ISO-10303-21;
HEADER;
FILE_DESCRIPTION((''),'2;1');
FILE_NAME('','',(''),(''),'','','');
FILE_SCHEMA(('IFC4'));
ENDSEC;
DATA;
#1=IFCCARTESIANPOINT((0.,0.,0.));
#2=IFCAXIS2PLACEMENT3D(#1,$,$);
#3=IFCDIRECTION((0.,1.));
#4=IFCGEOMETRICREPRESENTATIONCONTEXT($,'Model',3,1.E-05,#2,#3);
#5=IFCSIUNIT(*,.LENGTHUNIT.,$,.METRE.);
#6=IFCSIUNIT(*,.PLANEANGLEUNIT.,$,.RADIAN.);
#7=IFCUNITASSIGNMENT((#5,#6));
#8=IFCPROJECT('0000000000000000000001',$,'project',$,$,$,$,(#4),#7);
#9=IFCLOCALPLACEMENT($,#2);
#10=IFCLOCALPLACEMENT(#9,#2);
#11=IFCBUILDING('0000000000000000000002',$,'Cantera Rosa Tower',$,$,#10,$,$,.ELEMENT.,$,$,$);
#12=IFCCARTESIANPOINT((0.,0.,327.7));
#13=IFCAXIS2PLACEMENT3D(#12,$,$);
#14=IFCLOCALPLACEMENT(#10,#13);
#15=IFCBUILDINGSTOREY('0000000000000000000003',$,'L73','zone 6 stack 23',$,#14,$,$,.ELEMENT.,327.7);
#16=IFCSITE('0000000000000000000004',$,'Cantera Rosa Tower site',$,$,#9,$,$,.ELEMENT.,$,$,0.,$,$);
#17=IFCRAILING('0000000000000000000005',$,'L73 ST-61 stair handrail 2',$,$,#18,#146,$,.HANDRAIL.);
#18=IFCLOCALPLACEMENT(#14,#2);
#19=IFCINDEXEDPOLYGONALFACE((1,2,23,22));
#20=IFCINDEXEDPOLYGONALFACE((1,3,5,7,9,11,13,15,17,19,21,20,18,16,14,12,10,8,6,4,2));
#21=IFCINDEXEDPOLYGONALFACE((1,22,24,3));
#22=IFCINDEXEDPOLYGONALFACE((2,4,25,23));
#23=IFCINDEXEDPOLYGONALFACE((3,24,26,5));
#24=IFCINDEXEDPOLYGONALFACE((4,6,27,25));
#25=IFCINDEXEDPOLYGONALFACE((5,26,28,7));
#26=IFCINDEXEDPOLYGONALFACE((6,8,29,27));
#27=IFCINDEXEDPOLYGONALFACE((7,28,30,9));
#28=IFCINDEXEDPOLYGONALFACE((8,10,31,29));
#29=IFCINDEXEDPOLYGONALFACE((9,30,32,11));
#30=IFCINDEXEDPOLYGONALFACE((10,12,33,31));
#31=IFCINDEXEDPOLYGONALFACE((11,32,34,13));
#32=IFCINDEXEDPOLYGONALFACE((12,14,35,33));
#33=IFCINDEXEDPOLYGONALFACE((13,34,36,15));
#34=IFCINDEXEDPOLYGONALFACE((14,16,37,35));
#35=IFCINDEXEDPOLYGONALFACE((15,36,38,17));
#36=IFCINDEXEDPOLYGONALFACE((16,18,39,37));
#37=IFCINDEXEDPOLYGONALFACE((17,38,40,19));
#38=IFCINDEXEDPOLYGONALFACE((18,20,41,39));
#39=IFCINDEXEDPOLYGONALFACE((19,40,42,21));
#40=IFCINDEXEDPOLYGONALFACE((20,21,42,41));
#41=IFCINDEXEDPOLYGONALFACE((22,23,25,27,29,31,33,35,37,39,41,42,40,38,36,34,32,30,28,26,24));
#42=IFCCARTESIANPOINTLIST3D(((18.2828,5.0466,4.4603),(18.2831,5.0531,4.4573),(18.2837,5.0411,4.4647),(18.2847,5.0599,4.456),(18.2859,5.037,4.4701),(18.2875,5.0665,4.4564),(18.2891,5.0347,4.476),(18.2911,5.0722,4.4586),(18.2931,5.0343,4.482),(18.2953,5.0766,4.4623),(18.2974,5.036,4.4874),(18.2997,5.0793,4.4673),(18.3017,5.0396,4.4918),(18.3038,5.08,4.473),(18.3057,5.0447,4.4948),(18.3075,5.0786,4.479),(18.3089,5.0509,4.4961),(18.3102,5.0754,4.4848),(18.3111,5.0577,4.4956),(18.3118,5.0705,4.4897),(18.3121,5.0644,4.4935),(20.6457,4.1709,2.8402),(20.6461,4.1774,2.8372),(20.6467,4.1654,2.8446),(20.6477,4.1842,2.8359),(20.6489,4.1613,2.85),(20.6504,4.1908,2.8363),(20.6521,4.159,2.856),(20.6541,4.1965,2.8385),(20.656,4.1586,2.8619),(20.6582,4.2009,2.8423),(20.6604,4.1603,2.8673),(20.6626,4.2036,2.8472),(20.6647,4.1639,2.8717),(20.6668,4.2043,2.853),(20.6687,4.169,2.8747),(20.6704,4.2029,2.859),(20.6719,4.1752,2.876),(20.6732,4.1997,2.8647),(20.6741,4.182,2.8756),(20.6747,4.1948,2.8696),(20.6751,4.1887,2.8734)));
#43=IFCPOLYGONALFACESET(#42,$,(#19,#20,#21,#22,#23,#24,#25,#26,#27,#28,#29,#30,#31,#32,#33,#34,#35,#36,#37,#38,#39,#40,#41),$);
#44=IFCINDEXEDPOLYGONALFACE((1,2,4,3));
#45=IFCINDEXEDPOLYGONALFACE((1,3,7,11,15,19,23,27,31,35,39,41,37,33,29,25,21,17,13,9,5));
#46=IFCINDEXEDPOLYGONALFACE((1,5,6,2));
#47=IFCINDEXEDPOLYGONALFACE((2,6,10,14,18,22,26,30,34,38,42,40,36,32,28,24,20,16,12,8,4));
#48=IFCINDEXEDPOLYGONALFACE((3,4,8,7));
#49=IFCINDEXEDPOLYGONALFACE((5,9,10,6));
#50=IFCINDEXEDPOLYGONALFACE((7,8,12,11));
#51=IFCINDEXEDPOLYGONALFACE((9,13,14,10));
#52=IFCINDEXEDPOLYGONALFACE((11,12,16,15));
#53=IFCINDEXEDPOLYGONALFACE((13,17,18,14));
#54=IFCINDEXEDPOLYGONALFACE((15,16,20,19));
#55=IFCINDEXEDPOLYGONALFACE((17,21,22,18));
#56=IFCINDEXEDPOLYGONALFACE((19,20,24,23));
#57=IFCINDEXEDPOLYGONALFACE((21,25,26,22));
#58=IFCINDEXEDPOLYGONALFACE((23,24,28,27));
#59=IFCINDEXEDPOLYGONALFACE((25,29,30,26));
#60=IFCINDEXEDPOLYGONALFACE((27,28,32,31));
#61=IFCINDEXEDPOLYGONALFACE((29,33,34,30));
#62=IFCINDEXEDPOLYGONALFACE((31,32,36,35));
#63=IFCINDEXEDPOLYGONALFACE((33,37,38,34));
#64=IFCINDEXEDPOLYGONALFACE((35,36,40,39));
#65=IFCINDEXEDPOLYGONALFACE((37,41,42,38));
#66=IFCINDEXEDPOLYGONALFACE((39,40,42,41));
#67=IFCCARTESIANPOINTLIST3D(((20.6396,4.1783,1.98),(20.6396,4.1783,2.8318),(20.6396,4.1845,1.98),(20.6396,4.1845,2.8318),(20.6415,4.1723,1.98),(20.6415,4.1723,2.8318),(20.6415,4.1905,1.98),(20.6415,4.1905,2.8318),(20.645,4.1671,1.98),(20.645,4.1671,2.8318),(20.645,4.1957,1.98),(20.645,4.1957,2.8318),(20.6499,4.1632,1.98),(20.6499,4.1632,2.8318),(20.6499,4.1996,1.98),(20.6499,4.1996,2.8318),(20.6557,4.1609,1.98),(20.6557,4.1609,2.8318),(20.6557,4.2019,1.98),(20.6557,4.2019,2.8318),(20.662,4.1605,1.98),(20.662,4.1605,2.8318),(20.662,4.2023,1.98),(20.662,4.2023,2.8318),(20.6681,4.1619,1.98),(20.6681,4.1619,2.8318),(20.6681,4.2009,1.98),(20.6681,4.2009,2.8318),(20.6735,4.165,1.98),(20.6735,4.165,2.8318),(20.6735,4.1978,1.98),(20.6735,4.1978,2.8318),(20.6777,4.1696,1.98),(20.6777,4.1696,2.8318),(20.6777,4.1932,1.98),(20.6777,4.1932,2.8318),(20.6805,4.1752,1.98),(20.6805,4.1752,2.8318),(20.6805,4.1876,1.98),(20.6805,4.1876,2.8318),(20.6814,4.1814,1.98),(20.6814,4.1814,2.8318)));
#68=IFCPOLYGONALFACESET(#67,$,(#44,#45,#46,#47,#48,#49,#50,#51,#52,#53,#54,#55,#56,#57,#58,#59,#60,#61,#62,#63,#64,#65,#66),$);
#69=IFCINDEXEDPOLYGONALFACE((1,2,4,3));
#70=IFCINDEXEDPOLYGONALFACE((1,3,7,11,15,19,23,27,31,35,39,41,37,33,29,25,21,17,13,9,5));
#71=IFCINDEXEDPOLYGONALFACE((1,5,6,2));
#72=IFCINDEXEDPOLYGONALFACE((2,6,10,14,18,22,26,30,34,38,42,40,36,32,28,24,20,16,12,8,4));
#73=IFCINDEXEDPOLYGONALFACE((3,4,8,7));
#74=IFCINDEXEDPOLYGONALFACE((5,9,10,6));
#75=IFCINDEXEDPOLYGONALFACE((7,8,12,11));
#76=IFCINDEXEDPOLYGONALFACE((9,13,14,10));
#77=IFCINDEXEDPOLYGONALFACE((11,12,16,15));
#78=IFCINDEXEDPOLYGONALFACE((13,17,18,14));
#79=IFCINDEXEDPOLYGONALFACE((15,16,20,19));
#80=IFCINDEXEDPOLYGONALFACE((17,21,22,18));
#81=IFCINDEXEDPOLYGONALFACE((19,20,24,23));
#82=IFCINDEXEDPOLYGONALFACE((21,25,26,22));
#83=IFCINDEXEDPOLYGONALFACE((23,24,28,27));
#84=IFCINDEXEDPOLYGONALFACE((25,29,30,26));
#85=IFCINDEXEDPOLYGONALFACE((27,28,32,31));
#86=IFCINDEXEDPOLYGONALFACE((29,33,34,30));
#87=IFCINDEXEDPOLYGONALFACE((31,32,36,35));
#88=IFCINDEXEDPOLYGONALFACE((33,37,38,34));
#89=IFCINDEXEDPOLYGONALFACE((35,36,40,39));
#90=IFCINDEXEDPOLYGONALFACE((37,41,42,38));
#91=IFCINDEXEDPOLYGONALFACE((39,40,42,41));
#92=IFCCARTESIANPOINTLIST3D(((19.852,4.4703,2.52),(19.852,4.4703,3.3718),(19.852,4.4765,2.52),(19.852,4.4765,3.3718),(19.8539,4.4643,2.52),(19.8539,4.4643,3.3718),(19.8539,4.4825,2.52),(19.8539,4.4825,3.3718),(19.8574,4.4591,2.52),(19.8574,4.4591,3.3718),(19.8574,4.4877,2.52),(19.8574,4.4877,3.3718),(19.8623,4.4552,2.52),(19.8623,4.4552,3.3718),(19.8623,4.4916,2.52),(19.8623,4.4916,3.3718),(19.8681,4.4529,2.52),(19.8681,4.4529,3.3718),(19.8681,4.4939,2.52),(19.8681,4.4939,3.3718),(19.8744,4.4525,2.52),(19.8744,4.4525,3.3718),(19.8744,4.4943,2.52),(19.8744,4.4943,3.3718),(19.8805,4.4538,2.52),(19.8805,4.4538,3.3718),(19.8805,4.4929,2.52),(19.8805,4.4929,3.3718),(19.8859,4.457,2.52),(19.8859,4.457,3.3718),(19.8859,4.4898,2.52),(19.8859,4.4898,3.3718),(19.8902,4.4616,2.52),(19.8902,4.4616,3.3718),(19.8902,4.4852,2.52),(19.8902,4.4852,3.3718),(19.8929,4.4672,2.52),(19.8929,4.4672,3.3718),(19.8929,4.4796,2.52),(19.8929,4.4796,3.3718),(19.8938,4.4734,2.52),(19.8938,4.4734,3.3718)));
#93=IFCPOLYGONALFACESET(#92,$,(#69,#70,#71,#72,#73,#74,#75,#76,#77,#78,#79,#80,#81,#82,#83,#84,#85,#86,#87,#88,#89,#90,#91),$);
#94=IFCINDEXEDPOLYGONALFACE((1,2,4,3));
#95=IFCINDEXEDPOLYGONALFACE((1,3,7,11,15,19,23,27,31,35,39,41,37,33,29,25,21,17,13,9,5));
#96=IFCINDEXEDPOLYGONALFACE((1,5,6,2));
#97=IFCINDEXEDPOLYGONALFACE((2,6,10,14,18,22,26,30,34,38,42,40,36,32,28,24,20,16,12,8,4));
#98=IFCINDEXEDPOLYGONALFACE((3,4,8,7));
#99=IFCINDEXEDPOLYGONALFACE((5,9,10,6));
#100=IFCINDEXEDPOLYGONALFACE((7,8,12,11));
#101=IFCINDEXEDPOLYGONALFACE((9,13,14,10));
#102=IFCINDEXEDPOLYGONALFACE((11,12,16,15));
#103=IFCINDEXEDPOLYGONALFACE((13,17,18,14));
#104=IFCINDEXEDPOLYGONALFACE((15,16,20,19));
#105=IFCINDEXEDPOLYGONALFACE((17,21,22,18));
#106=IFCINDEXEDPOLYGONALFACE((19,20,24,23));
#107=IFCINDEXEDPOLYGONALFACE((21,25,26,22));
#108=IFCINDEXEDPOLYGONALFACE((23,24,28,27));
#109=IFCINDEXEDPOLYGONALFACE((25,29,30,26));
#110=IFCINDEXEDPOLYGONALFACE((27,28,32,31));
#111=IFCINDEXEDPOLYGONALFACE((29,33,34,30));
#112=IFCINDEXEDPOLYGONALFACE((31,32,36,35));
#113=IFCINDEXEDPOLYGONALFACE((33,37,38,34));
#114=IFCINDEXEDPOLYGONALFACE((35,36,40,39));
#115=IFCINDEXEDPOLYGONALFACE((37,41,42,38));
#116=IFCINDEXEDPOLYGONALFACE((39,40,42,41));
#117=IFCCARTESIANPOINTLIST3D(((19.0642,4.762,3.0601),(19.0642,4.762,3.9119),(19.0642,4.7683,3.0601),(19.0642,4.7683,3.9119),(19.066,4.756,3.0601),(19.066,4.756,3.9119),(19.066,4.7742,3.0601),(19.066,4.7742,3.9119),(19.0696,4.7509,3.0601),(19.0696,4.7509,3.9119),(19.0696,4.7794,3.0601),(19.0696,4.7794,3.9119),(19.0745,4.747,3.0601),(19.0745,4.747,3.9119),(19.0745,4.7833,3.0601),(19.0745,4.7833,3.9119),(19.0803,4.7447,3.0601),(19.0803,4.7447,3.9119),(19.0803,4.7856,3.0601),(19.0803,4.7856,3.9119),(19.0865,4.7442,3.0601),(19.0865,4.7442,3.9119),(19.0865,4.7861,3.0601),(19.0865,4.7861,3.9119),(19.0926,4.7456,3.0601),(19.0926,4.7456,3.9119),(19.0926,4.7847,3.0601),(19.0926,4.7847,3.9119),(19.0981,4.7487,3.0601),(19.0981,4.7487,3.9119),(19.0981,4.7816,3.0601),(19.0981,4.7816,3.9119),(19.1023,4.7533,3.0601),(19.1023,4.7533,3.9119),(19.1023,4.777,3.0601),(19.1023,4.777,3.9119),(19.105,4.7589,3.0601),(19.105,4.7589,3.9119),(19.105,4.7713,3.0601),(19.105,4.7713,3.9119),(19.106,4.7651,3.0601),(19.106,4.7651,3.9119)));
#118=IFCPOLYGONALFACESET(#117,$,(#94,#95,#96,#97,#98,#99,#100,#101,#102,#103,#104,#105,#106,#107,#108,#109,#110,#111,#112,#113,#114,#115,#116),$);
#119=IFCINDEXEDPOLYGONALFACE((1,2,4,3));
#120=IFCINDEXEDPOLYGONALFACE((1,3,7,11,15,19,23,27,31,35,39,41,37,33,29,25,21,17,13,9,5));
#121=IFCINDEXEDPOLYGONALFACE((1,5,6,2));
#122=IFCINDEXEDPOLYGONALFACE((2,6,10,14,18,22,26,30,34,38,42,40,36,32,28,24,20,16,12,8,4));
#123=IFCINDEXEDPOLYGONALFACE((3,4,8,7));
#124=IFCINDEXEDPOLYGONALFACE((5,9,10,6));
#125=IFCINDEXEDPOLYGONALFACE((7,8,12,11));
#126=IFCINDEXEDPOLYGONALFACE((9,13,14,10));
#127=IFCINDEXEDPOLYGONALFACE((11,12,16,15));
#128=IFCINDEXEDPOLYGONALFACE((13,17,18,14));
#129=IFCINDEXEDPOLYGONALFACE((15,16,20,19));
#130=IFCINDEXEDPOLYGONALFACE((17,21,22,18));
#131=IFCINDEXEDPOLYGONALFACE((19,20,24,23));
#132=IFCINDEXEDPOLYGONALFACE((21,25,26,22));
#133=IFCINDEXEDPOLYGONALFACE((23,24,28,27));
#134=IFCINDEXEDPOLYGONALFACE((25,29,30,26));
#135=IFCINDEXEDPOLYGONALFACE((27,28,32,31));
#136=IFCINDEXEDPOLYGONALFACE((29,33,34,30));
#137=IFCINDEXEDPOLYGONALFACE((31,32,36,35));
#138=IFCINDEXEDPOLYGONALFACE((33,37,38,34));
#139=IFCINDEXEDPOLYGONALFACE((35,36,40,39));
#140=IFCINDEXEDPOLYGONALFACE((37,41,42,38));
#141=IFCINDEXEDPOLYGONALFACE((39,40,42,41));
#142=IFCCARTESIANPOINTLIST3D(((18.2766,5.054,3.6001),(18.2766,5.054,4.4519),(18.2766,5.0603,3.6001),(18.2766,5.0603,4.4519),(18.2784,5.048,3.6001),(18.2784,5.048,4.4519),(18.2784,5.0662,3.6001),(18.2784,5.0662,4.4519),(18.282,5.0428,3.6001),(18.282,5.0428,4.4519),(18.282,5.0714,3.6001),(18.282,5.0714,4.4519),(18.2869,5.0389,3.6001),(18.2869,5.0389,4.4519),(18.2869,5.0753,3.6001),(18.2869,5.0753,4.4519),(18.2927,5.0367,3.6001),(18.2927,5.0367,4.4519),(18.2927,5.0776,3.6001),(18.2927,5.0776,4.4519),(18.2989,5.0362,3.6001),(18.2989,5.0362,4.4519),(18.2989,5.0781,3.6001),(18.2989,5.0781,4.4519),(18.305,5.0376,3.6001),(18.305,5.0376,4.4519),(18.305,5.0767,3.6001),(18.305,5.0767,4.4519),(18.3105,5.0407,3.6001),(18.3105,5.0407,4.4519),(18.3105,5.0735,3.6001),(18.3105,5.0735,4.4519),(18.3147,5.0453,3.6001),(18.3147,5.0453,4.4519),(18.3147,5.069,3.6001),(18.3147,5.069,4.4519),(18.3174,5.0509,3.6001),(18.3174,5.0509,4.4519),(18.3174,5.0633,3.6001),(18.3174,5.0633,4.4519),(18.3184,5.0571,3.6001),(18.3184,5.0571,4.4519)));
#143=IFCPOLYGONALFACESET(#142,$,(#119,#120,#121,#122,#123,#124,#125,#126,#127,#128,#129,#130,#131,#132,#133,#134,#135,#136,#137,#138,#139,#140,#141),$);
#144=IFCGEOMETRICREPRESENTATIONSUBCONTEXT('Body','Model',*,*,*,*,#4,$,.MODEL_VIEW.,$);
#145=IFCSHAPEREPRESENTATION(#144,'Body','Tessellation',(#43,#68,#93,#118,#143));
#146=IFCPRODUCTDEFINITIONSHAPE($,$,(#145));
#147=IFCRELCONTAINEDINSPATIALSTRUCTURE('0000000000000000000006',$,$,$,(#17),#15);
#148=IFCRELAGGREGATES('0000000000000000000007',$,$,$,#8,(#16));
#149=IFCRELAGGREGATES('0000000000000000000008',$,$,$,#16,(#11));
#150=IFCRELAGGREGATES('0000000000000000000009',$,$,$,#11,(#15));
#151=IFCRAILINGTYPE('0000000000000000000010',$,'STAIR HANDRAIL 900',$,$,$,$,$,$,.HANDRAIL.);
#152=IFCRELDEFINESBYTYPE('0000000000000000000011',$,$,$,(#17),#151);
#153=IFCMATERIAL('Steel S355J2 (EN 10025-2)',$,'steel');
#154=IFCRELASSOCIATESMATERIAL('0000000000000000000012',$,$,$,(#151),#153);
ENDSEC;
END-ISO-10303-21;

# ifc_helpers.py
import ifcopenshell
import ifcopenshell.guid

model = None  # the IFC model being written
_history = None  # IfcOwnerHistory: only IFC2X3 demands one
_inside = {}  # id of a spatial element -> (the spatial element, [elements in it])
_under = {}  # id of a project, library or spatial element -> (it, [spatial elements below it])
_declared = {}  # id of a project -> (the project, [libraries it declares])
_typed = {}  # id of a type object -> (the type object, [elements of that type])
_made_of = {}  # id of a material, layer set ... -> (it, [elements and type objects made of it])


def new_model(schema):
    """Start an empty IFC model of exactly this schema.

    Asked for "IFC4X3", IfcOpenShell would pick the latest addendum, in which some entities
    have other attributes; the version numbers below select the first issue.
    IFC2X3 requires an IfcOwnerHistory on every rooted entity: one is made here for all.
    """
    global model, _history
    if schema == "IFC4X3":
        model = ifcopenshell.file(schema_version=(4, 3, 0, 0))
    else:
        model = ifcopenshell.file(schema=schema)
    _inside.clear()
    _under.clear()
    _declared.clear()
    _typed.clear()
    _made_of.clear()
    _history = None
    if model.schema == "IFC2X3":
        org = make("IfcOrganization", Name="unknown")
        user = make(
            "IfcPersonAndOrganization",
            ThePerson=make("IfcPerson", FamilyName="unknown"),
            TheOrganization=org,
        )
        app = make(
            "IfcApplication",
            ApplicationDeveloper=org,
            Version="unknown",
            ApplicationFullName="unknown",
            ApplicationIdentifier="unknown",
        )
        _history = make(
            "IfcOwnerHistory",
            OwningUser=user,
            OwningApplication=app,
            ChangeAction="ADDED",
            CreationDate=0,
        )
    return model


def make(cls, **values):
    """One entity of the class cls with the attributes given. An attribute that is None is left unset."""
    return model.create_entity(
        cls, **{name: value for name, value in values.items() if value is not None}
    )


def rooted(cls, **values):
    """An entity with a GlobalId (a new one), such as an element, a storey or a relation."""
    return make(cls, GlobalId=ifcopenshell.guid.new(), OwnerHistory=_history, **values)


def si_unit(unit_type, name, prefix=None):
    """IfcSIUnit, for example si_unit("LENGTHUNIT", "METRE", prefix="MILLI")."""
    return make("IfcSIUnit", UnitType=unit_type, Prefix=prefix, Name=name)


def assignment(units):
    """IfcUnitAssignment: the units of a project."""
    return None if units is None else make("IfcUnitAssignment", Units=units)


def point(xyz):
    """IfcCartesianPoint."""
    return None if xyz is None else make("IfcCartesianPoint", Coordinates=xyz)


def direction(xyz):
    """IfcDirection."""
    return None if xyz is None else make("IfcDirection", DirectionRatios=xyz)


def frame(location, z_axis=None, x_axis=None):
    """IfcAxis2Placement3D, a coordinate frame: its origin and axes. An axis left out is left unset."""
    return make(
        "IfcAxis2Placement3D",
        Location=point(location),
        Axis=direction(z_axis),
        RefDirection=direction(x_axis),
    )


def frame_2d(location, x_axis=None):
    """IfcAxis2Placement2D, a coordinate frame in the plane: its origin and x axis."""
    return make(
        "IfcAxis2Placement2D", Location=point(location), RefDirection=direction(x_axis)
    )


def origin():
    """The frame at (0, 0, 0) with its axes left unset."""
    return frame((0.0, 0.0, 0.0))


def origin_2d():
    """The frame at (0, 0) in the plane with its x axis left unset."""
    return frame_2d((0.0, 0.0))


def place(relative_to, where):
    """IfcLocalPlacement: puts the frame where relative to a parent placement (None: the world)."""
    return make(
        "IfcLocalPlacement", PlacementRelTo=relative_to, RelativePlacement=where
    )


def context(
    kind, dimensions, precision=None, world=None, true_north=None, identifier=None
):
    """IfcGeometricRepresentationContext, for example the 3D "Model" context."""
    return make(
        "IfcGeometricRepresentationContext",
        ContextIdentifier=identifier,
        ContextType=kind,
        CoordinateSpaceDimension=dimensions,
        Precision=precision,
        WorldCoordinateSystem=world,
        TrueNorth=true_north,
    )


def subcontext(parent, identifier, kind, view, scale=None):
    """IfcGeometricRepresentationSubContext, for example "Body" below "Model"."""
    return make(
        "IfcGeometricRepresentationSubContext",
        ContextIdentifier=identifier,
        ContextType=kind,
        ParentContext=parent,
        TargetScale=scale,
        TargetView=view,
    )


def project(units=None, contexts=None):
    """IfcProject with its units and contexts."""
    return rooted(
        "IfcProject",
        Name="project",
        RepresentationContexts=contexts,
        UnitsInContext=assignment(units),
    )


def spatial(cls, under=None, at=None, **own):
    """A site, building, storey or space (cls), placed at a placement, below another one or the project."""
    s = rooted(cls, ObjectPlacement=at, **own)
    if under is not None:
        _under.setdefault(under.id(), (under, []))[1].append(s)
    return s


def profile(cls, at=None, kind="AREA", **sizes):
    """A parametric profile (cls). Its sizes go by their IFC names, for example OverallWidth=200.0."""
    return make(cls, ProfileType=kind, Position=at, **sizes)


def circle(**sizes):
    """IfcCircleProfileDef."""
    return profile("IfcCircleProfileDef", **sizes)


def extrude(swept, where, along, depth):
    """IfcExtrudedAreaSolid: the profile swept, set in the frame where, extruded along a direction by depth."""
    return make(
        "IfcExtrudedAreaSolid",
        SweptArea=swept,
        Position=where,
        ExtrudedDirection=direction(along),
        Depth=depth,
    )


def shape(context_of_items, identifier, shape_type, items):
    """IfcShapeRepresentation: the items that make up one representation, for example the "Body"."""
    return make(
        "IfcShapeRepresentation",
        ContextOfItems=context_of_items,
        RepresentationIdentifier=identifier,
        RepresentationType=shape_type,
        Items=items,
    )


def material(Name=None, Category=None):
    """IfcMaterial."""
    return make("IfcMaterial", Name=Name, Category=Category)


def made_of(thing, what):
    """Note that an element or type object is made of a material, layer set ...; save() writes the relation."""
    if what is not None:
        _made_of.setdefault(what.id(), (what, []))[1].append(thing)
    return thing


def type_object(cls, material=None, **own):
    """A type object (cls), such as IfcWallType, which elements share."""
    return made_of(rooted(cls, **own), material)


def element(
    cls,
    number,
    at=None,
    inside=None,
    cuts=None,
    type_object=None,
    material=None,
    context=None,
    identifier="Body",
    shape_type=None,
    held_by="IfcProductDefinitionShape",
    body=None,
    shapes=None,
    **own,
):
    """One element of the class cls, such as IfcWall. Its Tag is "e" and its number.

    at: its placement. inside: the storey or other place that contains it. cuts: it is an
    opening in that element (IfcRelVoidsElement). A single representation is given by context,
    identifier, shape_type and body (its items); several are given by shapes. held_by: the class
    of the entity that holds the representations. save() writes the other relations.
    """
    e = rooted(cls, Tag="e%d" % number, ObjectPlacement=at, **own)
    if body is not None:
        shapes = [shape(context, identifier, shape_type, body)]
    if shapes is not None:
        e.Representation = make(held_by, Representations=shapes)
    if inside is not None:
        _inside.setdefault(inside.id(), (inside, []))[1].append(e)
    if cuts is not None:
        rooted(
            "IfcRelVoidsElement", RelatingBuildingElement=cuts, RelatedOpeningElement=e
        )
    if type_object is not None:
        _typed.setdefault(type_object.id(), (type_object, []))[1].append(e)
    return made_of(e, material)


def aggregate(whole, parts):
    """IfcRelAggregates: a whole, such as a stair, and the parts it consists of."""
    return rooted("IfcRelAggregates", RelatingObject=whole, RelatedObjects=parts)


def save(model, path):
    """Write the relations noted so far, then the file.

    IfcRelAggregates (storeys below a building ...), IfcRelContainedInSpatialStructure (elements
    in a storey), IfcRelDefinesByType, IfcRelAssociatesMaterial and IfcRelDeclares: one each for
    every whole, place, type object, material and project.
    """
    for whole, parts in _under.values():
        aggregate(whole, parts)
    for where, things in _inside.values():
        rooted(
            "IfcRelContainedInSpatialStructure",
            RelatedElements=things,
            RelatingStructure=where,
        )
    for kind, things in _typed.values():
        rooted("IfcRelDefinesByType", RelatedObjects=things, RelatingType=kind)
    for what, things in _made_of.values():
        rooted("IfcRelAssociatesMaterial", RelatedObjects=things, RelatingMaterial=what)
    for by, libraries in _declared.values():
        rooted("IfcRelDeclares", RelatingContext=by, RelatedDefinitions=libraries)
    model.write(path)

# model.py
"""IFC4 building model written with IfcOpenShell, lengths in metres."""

from ifc_helpers import new_model, si_unit, direction, frame, origin, origin_2d, place, context, subcontext, project, spatial, circle, extrude, material, type_object, element, save


model = new_model("IFC4")

# Units and contexts
model_context = context("Model", 3, precision=1e-05, world=origin(), true_north=direction((0.0, 1.0)))
body_context = subcontext(model_context, "Body", "Model", "MODEL_VIEW")
ifc_project = project(units=[si_unit("LENGTHUNIT", "METRE"), si_unit("PLANEANGLEUNIT", "RADIAN")], contexts=[model_context])

# Site, building, storey
site_placement = place(None, origin())
site = spatial("IfcSite", under=ifc_project, at=site_placement, Name="Cantera Rosa Tower site", CompositionType="ELEMENT", RefElevation=0.0)
building_placement = place(site_placement, origin())
building = spatial("IfcBuilding", under=site, at=building_placement, Name="Cantera Rosa Tower", CompositionType="ELEMENT")
storey_placement = place(building_placement, frame((0.0, 0.0, 327.7)))
storey = spatial("IfcBuildingStorey", under=building, at=storey_placement, Name="L73", Description="zone 6 stack 23", CompositionType="ELEMENT", Elevation=327.7)

# Railing
ifc_material_1 = material(Name="Steel S355J2 (EN 10025-2)", Category="steel")
railing_type_1 = type_object("IfcRailingType", Name="STAIR HANDRAIL 900", PredefinedType="HANDRAIL", material=ifc_material_1)
railing_1_placement = place(storey_placement, frame((20.6604, 4.1814, 1.98)))
element("IfcRailing", 1, at=railing_1_placement, inside=storey, type_object=railing_type_1, Name="L73 ST-61 stair handrail 2", PredefinedType="HANDRAIL", context=body_context, shape_type="SweptSolid", body=[
    extrude(circle(Radius=0.0239, at=origin_2d()), frame((0.0, 0.0, 0.876), z_axis=(-0.788748, 0.292307, 0.540772), x_axis=(-0.347501, -0.93768, 0.0)), (0.0, 0.0, 1.0), 2.9958),
    extrude(circle(Radius=0.021, at=origin_2d()), origin(), (0.0, 0.0, 1.0), 0.8518),
    extrude(circle(Radius=0.021, at=origin_2d()), frame((-0.7876, 0.292, 0.54)), (0.0, 0.0, 1.0), 0.8518),
    extrude(circle(Radius=0.021, at=origin_2d()), frame((-1.5754, 0.5837, 1.0801)), (0.0, 0.0, 1.0), 0.8518),
    extrude(circle(Radius=0.021, at=origin_2d()), frame((-2.363, 0.8757, 1.6201)), (0.0, 0.0, 1.0), 0.8518),
])

save(model, "model.ifc")
